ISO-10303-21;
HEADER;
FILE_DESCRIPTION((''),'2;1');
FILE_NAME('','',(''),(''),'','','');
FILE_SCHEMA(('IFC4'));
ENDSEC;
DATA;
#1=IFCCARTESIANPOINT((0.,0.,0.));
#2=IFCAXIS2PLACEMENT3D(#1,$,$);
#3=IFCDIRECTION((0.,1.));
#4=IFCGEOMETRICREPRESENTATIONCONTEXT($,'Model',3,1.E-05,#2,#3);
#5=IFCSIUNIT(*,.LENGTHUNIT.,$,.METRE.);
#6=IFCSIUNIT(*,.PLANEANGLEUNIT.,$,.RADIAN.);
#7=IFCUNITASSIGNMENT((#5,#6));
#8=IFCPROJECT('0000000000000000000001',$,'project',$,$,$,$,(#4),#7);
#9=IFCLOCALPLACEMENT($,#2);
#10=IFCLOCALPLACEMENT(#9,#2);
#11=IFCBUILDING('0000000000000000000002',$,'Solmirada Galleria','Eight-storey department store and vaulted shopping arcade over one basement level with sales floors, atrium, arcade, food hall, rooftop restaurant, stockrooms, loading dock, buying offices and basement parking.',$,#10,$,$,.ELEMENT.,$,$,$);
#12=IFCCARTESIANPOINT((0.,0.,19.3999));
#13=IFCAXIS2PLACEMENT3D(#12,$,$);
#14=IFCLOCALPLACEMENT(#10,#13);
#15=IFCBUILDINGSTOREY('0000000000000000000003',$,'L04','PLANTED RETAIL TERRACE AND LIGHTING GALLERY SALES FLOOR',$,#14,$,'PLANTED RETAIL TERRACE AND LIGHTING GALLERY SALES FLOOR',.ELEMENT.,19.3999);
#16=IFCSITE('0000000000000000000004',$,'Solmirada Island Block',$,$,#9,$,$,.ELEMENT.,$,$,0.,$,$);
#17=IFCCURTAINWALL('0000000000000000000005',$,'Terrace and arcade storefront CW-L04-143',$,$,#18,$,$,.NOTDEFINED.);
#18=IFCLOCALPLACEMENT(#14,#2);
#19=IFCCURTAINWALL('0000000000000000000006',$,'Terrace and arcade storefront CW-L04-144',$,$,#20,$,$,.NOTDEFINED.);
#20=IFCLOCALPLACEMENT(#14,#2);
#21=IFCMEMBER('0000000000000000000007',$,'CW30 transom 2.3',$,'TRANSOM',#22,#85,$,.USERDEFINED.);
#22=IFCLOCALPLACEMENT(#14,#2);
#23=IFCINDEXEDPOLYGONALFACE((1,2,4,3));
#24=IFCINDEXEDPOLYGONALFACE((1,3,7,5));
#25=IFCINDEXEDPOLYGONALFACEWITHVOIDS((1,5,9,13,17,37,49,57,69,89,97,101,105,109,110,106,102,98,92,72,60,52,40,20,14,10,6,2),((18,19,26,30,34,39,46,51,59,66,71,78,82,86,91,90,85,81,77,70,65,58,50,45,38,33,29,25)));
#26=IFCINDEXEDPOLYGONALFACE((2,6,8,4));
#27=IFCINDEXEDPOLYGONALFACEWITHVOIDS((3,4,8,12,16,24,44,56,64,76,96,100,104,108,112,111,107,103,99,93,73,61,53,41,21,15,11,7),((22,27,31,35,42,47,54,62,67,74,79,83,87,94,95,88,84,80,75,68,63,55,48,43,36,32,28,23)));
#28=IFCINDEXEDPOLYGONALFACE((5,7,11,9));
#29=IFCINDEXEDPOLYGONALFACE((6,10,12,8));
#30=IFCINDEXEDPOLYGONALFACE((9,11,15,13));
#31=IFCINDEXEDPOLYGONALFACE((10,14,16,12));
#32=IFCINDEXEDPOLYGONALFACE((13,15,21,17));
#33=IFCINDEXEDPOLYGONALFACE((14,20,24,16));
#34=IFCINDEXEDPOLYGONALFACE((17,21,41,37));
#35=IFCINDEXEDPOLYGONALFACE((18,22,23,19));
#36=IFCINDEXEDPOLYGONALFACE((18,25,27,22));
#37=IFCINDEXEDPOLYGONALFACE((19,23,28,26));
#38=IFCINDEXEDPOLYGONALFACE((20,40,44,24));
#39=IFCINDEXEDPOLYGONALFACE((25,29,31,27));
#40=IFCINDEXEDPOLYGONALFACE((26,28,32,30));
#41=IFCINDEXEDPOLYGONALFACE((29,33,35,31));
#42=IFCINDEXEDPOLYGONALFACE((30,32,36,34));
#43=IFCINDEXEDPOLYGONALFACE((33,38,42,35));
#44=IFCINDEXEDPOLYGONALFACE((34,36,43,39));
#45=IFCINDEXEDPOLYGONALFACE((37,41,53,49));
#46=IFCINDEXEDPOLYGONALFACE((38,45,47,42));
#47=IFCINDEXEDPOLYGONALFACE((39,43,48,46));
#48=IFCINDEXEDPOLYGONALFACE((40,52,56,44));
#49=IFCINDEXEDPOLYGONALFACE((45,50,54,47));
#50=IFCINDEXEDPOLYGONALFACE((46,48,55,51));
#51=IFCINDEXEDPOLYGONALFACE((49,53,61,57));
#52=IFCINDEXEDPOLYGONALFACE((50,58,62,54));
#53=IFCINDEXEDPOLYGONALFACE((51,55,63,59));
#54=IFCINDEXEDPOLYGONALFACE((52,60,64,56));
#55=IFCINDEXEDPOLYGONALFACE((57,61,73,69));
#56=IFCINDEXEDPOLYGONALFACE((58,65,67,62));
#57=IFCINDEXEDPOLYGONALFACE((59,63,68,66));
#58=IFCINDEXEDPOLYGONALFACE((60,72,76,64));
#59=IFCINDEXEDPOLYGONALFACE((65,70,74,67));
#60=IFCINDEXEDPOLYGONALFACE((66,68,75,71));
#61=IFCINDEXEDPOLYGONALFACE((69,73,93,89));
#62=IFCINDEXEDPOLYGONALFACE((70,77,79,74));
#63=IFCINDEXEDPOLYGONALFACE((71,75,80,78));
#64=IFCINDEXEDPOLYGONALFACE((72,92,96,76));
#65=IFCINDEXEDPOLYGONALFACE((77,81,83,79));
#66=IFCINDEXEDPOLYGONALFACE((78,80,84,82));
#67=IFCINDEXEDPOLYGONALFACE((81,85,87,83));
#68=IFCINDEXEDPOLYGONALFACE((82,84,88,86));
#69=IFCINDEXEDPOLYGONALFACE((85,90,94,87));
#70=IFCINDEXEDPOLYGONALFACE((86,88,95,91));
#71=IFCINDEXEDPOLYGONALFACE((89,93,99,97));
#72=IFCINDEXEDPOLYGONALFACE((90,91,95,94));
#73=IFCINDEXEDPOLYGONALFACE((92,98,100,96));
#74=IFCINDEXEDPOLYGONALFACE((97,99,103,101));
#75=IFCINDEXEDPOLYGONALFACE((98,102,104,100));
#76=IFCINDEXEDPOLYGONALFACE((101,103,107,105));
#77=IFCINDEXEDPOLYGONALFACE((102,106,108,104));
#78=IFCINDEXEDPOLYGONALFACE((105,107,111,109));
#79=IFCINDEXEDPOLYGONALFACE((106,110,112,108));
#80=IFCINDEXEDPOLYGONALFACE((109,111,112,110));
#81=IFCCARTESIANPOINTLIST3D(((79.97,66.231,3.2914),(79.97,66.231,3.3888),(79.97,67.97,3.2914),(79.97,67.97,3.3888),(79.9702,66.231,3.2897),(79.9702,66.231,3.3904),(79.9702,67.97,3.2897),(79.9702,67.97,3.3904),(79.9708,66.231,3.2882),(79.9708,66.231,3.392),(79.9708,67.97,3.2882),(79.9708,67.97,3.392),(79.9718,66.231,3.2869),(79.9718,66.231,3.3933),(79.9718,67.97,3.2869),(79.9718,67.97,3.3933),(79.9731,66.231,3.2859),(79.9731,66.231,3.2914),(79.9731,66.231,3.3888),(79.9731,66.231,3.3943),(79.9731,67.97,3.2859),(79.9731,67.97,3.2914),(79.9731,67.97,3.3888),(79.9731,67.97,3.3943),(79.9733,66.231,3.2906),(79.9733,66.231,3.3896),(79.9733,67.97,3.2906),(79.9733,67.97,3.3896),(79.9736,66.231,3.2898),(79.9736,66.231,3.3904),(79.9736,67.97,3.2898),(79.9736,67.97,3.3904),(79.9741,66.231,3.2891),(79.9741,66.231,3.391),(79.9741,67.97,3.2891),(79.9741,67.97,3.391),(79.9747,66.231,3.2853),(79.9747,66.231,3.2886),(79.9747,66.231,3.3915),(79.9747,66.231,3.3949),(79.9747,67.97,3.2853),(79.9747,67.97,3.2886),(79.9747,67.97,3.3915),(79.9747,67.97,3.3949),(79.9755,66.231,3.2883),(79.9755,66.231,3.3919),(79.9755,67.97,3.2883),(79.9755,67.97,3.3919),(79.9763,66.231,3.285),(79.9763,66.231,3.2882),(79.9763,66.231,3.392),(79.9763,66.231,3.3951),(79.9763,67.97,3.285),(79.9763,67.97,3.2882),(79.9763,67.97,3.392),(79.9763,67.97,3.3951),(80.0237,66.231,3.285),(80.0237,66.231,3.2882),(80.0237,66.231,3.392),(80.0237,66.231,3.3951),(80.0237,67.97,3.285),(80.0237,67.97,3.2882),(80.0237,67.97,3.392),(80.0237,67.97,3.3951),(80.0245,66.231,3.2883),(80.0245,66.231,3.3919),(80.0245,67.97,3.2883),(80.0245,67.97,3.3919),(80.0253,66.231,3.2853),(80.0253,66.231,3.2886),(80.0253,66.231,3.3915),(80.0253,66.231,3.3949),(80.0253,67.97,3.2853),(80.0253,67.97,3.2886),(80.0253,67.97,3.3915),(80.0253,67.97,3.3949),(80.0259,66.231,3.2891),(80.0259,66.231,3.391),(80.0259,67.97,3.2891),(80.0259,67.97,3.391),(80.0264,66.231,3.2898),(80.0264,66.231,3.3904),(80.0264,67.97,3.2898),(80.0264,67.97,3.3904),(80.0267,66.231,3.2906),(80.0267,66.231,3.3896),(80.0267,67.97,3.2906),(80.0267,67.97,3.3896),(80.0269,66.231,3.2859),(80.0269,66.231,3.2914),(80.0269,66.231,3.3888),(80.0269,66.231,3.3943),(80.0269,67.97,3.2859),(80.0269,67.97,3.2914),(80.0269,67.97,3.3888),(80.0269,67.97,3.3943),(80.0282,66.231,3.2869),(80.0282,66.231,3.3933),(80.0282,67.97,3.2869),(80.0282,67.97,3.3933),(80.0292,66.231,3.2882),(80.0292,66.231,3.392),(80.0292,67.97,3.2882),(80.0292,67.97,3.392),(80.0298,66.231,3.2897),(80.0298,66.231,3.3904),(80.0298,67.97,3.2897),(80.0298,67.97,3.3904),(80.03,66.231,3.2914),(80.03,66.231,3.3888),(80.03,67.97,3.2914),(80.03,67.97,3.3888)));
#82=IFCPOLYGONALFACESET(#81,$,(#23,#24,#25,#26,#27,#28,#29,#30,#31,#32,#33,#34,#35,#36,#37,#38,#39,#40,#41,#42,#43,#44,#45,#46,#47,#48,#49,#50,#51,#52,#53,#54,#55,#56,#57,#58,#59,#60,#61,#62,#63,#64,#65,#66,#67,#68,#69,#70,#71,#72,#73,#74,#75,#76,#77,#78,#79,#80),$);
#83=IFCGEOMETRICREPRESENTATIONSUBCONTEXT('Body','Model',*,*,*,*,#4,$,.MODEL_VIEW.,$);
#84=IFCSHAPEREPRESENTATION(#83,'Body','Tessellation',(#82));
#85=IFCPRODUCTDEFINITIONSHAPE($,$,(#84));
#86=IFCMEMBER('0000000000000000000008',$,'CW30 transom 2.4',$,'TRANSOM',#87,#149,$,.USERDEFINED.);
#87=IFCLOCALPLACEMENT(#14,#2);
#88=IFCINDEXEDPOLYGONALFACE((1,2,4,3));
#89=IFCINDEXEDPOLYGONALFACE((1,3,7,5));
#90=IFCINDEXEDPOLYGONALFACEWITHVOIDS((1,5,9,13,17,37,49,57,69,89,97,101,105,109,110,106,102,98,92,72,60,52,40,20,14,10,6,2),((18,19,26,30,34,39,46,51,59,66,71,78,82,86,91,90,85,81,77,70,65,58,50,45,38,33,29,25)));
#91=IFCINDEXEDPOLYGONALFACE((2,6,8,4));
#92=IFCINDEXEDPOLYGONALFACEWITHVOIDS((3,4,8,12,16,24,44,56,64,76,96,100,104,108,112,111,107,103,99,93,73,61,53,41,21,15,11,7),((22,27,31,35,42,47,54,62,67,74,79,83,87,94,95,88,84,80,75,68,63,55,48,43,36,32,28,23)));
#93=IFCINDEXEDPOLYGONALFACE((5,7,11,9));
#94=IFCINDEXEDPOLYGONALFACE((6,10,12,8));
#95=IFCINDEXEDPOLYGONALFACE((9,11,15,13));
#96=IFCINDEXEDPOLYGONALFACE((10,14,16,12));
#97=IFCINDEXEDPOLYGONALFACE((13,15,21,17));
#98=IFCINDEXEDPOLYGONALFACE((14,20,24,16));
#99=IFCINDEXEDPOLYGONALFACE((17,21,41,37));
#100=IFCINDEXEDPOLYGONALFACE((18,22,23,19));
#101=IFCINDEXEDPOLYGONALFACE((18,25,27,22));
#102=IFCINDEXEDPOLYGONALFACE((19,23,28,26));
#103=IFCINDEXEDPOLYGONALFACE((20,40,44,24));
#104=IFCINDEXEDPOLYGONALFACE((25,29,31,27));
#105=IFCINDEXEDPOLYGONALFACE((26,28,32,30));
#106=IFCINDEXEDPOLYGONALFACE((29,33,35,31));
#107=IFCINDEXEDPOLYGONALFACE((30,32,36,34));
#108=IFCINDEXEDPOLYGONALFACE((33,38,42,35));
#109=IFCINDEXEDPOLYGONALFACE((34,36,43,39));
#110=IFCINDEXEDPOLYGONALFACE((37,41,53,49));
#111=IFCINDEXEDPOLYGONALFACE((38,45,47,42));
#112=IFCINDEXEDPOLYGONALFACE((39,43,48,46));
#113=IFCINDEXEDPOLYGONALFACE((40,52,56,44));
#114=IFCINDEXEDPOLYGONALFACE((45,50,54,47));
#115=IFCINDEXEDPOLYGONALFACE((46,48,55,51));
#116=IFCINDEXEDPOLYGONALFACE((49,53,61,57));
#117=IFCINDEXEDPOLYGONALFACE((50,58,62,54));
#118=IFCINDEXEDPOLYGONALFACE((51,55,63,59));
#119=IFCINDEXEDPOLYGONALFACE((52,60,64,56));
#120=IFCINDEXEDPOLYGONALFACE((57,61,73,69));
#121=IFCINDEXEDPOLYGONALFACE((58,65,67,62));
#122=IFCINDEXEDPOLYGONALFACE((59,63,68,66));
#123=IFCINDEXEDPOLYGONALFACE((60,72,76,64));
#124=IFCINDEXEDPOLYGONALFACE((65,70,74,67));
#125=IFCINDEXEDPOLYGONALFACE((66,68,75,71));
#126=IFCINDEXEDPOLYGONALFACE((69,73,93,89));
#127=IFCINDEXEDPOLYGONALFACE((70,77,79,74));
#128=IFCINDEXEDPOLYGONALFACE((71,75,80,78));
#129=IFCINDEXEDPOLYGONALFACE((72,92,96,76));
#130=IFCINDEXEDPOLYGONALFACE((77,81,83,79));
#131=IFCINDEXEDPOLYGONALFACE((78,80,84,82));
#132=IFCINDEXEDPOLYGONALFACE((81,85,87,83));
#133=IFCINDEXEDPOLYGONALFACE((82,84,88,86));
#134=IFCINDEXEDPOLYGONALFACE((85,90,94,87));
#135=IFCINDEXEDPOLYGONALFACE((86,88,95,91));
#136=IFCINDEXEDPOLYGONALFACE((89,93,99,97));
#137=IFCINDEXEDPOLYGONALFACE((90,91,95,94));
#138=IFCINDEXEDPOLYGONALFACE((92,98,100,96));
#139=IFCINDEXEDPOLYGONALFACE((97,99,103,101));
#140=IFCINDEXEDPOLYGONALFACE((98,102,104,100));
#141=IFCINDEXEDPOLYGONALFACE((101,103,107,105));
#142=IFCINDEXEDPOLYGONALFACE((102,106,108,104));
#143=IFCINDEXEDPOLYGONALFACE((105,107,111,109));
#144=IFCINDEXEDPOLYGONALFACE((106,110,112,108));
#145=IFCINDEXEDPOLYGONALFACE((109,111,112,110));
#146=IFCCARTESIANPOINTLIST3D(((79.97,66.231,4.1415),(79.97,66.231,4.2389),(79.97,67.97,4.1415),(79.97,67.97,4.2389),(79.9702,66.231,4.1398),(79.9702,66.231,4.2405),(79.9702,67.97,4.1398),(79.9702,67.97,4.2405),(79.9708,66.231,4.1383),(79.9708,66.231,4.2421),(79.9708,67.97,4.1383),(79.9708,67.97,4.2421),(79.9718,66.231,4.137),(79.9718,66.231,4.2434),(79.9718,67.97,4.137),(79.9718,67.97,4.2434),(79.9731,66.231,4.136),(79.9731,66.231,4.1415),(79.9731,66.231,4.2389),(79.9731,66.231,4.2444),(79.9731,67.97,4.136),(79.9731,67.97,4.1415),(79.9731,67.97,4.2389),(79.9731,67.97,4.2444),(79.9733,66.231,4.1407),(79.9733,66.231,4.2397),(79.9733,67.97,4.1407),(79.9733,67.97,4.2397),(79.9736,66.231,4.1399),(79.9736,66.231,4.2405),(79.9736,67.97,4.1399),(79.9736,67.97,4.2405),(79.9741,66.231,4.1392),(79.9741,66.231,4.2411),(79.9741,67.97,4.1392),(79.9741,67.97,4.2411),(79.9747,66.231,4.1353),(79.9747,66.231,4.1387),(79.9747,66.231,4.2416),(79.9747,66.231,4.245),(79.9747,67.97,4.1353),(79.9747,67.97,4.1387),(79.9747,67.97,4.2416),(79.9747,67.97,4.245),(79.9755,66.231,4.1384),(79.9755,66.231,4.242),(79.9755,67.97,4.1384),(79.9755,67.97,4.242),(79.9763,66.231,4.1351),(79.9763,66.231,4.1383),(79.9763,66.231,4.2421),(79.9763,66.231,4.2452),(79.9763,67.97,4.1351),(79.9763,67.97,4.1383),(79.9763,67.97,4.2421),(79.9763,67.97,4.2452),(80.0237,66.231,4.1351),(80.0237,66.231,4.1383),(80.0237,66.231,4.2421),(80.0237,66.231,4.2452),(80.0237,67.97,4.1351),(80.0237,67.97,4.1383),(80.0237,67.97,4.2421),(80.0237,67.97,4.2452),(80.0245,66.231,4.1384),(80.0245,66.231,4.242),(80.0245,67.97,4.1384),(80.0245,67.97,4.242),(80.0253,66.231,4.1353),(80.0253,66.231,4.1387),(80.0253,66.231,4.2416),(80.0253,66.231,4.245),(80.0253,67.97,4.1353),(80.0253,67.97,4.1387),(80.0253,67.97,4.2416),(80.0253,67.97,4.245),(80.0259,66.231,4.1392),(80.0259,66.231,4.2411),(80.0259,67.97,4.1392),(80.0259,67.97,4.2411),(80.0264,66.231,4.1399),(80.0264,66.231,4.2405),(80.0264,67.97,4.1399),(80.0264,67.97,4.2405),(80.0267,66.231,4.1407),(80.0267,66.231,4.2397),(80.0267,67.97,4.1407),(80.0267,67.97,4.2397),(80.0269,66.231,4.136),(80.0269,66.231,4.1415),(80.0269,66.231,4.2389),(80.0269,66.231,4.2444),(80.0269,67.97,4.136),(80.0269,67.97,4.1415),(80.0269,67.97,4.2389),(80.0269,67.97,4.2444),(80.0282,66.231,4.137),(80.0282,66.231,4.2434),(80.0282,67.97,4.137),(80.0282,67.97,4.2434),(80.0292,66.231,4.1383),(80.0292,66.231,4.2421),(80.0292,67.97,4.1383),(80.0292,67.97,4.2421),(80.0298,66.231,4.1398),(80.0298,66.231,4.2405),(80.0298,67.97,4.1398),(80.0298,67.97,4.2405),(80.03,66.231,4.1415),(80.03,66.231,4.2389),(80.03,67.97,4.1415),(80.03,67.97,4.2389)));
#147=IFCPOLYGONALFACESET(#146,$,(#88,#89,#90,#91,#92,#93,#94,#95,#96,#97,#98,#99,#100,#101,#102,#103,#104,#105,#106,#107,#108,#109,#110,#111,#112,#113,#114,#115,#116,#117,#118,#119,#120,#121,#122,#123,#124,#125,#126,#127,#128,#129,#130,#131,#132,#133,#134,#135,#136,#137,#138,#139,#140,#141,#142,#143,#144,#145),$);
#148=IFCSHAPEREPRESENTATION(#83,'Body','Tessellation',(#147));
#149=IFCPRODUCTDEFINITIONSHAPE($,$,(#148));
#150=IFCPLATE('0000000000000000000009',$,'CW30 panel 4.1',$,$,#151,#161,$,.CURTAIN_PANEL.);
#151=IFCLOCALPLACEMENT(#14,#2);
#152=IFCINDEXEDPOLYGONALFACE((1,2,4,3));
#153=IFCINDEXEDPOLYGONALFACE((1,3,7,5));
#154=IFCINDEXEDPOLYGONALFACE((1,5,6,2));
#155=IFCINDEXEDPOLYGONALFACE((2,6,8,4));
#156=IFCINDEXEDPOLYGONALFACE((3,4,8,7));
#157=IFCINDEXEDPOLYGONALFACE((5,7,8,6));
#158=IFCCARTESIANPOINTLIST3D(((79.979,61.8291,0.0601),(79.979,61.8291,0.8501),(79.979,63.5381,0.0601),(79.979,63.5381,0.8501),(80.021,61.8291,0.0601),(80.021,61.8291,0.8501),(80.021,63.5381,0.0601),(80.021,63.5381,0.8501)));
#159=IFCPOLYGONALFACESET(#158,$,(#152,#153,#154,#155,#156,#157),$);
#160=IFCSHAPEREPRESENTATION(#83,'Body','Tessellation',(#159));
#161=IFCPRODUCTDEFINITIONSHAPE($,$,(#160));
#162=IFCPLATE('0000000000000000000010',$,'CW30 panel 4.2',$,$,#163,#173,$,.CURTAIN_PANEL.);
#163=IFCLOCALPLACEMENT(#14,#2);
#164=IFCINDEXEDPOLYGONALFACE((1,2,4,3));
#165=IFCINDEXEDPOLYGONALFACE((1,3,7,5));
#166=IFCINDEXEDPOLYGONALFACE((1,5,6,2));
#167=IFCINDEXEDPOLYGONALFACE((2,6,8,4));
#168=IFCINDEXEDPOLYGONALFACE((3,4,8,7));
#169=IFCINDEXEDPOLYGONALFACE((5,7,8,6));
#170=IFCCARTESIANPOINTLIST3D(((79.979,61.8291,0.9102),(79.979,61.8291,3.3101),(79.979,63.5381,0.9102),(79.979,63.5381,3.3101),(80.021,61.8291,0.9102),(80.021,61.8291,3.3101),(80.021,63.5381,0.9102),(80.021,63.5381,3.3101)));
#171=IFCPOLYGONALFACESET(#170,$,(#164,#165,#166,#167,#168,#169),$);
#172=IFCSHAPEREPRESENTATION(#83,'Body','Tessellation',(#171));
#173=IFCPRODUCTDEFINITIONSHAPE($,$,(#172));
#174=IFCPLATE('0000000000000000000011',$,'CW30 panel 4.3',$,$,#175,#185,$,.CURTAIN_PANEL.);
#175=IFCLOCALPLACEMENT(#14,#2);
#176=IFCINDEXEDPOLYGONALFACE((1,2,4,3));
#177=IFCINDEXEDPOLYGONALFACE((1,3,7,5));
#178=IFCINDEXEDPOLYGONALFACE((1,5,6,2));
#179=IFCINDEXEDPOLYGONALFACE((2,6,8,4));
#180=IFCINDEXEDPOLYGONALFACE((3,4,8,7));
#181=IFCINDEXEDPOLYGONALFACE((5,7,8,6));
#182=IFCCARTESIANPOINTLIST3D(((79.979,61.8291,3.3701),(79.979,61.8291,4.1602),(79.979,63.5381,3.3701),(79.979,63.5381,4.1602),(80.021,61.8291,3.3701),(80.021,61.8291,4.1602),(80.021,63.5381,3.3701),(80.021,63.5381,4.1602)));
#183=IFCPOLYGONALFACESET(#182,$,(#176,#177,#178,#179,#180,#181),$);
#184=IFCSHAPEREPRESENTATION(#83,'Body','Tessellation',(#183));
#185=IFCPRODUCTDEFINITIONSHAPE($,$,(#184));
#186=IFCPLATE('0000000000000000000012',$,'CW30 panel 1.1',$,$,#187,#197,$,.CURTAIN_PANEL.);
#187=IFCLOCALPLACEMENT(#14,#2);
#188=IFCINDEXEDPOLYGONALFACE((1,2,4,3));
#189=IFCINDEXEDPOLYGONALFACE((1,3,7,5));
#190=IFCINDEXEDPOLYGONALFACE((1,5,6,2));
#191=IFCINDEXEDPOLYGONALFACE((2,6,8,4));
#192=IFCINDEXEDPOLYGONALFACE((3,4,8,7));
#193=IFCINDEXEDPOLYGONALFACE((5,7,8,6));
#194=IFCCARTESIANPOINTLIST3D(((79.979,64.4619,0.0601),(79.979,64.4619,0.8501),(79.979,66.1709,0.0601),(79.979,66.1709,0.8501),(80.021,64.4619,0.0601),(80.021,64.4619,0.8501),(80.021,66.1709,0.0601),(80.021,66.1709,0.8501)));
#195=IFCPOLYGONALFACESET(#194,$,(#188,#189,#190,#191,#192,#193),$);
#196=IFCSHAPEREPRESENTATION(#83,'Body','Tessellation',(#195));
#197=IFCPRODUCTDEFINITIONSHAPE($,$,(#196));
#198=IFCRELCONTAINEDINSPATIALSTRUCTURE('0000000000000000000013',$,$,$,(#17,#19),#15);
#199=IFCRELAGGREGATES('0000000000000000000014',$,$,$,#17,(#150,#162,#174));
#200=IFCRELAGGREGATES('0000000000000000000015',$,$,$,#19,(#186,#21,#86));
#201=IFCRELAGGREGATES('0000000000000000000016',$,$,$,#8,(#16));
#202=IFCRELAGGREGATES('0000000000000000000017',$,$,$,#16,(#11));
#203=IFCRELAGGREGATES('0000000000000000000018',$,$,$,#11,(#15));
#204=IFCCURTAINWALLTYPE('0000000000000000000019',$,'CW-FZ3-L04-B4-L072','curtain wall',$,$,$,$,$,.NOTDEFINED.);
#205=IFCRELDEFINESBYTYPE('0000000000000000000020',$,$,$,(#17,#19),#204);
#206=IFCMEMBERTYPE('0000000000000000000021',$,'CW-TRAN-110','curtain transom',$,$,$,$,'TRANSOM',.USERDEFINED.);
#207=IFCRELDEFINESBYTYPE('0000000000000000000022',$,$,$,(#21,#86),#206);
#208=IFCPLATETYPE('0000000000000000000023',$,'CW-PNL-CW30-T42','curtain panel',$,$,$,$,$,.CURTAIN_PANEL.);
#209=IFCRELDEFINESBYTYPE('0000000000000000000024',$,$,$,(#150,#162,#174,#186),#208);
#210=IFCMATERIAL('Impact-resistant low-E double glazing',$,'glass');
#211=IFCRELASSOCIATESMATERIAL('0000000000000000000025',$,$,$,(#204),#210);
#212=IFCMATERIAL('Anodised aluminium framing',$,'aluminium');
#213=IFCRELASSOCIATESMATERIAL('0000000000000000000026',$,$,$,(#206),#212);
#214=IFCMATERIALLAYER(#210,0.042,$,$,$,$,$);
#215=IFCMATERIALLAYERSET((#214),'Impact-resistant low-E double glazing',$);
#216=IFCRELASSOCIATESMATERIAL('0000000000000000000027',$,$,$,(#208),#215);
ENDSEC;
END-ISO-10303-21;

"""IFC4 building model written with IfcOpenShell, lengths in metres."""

from ifc_helpers import new_model, si_unit, direction, frame, origin, origin_2d, place, context, subcontext, project, spatial, rectangle, hollow_rectangle, extrude, material, layer, layer_set, material_profile, profile_set, type_object, element, aggregate, save


model = new_model("IFC4")

# Units and contexts
model_context = context("Model", 3, precision=1e-05, world=origin(), true_north=direction((0.0, 1.0)))
body_context = subcontext(model_context, "Body", "Model", "MODEL_VIEW")
ifc_project = project(units=[si_unit("LENGTHUNIT", "METRE"), si_unit("PLANEANGLEUNIT", "RADIAN")], contexts=[model_context])

# Site, building, storey
site_placement = place(None, origin())
site = spatial("IfcSite", under=ifc_project, at=site_placement, Name="Solmirada Island Block", CompositionType="ELEMENT", RefElevation=0.0)
building_placement = place(site_placement, origin())
building = spatial("IfcBuilding", under=site, at=building_placement, Name="Solmirada Galleria", Description="Eight-storey department store and vaulted shopping arcade over one basement level with sales floors, atrium, arcade, food hall, rooftop restaurant, stockrooms, loading dock, buying offices and basement parking.", CompositionType="ELEMENT")
storey_placement = place(building_placement, frame((0.0, 0.0, 19.3999)))
storey = spatial("IfcBuildingStorey", under=building, at=storey_placement, Name="L04", Description="PLANTED RETAIL TERRACE AND LIGHTING GALLERY SALES FLOOR", LongName="PLANTED RETAIL TERRACE AND LIGHTING GALLERY SALES FLOOR", CompositionType="ELEMENT", Elevation=19.3999)

# Curtain wall
ifc_material_1 = material(Name="Impact-resistant low-E double glazing", Category="glass")
curtain_wall_type = type_object("IfcCurtainWallType", Name="CW-FZ3-L04-B4-L072", Description="curtain wall", PredefinedType="NOTDEFINED", material=ifc_material_1)
curtain_wall_1_placement = place(storey_placement, origin())
curtain_wall_1 = element("IfcCurtainWall", 1, at=curtain_wall_1_placement, inside=storey, type_object=curtain_wall_type, Name="Terrace and arcade storefront CW-L04-143", PredefinedType="NOTDEFINED")
ifc_material_2 = material(Name="Anodised aluminium framing", Category="aluminium")

# Curtain wall
curtain_wall_2_placement = place(storey_placement, origin())
curtain_wall_2 = element("IfcCurtainWall", 2, at=curtain_wall_2_placement, inside=storey, type_object=curtain_wall_type, Name="Terrace and arcade storefront CW-L04-144", PredefinedType="NOTDEFINED")

# Members
ifc_material_profile_1 = material_profile(ifc_material_2, hollow_rectangle(XDim=0.0601, YDim=0.1101, WallThickness=0.0032, InnerFilletRadius=0.0032, OuterFilletRadius=0.0063, at=origin_2d()), Name="ALU-TRAN-110X60")
ifc_profile_set_1 = profile_set([ifc_material_profile_1], Name="Anodised aluminium framing")
member_type_1 = type_object("IfcMemberType", Name="CW-TRAN-110", Description="curtain transom", ElementType="TRANSOM", PredefinedType="USERDEFINED", material=ifc_profile_set_1)
member_1_placement = place(storey_placement, frame((80.0, 66.231, 3.3401), z_axis=(0.0, 1.0, 0.0), x_axis=(-1.0, 0.0, 0.0)))
member_1 = element("IfcMember", 3, at=member_1_placement, type_object=member_type_1, Name="CW30 transom 2.3", ObjectType="TRANSOM", PredefinedType="USERDEFINED", context=body_context, shape_type="SweptSolid", body=[
    extrude(hollow_rectangle(XDim=0.0601, YDim=0.1101, WallThickness=0.0032, InnerFilletRadius=0.0032, OuterFilletRadius=0.0063, at=origin_2d()), origin(), (0.0, 0.0, 1.0), 1.739),
])
member_2_placement = place(storey_placement, frame((80.0, 66.231, 4.1902), z_axis=(0.0, 1.0, 0.0), x_axis=(-1.0, 0.0, 0.0)))
member_2 = element("IfcMember", 4, at=member_2_placement, type_object=member_type_1, Name="CW30 transom 2.4", ObjectType="TRANSOM", PredefinedType="USERDEFINED", context=body_context, shape_type="SweptSolid", body=[
    extrude(hollow_rectangle(XDim=0.0601, YDim=0.1101, WallThickness=0.0032, InnerFilletRadius=0.0032, OuterFilletRadius=0.0063, at=origin_2d()), origin(), (0.0, 0.0, 1.0), 1.739),
])

# Plates
ifc_layer = layer(ifc_material_1, 0.042)
ifc_layer_set = layer_set([ifc_layer], Name="Impact-resistant low-E double glazing")
plate_type = type_object("IfcPlateType", Name="CW-PNL-CW30-T42", Description="curtain panel", PredefinedType="CURTAIN_PANEL", material=ifc_layer_set)
plate_1_placement = place(storey_placement, frame((80.0, 62.6836, 0.0601), z_axis=(0.0, 0.0, 1.0), x_axis=(0.0, 1.0, 0.0)))
plate_1 = element("IfcPlate", 5, at=plate_1_placement, type_object=plate_type, Name="CW30 panel 4.1", PredefinedType="CURTAIN_PANEL", context=body_context, shape_type="SweptSolid", body=[
    extrude(rectangle(XDim=1.709, YDim=0.042, at=origin_2d()), origin(), (0.0, 0.0, 1.0), 0.79),
])
plate_2_placement = place(storey_placement, frame((80.0, 62.6836, 0.9102), z_axis=(0.0, 0.0, 1.0), x_axis=(0.0, 1.0, 0.0)))
plate_2 = element("IfcPlate", 6, at=plate_2_placement, type_object=plate_type, Name="CW30 panel 4.2", PredefinedType="CURTAIN_PANEL", context=body_context, shape_type="SweptSolid", body=[
    extrude(rectangle(XDim=1.709, YDim=0.042, at=origin_2d()), origin(), (0.0, 0.0, 1.0), 2.3999),
])
plate_3_placement = place(storey_placement, frame((80.0, 62.6836, 3.3701), z_axis=(0.0, 0.0, 1.0), x_axis=(0.0, 1.0, 0.0)))
plate_3 = element("IfcPlate", 7, at=plate_3_placement, type_object=plate_type, Name="CW30 panel 4.3", PredefinedType="CURTAIN_PANEL", context=body_context, shape_type="SweptSolid", body=[
    extrude(rectangle(XDim=1.709, YDim=0.042, at=origin_2d()), origin(), (0.0, 0.0, 1.0), 0.79),
])
aggregate(curtain_wall_1, [plate_1, plate_2, plate_3])
plate_4_placement = place(storey_placement, frame((80.0, 65.3164, 0.0601), z_axis=(0.0, 0.0, 1.0), x_axis=(0.0, 1.0, 0.0)))
plate_4 = element("IfcPlate", 8, at=plate_4_placement, type_object=plate_type, Name="CW30 panel 1.1", PredefinedType="CURTAIN_PANEL", context=body_context, shape_type="SweptSolid", body=[
    extrude(rectangle(XDim=1.709, YDim=0.042, at=origin_2d()), origin(), (0.0, 0.0, 1.0), 0.79),
])
aggregate(curtain_wall_2, [plate_4, member_1, member_2])

save(model, "model.ifc")
